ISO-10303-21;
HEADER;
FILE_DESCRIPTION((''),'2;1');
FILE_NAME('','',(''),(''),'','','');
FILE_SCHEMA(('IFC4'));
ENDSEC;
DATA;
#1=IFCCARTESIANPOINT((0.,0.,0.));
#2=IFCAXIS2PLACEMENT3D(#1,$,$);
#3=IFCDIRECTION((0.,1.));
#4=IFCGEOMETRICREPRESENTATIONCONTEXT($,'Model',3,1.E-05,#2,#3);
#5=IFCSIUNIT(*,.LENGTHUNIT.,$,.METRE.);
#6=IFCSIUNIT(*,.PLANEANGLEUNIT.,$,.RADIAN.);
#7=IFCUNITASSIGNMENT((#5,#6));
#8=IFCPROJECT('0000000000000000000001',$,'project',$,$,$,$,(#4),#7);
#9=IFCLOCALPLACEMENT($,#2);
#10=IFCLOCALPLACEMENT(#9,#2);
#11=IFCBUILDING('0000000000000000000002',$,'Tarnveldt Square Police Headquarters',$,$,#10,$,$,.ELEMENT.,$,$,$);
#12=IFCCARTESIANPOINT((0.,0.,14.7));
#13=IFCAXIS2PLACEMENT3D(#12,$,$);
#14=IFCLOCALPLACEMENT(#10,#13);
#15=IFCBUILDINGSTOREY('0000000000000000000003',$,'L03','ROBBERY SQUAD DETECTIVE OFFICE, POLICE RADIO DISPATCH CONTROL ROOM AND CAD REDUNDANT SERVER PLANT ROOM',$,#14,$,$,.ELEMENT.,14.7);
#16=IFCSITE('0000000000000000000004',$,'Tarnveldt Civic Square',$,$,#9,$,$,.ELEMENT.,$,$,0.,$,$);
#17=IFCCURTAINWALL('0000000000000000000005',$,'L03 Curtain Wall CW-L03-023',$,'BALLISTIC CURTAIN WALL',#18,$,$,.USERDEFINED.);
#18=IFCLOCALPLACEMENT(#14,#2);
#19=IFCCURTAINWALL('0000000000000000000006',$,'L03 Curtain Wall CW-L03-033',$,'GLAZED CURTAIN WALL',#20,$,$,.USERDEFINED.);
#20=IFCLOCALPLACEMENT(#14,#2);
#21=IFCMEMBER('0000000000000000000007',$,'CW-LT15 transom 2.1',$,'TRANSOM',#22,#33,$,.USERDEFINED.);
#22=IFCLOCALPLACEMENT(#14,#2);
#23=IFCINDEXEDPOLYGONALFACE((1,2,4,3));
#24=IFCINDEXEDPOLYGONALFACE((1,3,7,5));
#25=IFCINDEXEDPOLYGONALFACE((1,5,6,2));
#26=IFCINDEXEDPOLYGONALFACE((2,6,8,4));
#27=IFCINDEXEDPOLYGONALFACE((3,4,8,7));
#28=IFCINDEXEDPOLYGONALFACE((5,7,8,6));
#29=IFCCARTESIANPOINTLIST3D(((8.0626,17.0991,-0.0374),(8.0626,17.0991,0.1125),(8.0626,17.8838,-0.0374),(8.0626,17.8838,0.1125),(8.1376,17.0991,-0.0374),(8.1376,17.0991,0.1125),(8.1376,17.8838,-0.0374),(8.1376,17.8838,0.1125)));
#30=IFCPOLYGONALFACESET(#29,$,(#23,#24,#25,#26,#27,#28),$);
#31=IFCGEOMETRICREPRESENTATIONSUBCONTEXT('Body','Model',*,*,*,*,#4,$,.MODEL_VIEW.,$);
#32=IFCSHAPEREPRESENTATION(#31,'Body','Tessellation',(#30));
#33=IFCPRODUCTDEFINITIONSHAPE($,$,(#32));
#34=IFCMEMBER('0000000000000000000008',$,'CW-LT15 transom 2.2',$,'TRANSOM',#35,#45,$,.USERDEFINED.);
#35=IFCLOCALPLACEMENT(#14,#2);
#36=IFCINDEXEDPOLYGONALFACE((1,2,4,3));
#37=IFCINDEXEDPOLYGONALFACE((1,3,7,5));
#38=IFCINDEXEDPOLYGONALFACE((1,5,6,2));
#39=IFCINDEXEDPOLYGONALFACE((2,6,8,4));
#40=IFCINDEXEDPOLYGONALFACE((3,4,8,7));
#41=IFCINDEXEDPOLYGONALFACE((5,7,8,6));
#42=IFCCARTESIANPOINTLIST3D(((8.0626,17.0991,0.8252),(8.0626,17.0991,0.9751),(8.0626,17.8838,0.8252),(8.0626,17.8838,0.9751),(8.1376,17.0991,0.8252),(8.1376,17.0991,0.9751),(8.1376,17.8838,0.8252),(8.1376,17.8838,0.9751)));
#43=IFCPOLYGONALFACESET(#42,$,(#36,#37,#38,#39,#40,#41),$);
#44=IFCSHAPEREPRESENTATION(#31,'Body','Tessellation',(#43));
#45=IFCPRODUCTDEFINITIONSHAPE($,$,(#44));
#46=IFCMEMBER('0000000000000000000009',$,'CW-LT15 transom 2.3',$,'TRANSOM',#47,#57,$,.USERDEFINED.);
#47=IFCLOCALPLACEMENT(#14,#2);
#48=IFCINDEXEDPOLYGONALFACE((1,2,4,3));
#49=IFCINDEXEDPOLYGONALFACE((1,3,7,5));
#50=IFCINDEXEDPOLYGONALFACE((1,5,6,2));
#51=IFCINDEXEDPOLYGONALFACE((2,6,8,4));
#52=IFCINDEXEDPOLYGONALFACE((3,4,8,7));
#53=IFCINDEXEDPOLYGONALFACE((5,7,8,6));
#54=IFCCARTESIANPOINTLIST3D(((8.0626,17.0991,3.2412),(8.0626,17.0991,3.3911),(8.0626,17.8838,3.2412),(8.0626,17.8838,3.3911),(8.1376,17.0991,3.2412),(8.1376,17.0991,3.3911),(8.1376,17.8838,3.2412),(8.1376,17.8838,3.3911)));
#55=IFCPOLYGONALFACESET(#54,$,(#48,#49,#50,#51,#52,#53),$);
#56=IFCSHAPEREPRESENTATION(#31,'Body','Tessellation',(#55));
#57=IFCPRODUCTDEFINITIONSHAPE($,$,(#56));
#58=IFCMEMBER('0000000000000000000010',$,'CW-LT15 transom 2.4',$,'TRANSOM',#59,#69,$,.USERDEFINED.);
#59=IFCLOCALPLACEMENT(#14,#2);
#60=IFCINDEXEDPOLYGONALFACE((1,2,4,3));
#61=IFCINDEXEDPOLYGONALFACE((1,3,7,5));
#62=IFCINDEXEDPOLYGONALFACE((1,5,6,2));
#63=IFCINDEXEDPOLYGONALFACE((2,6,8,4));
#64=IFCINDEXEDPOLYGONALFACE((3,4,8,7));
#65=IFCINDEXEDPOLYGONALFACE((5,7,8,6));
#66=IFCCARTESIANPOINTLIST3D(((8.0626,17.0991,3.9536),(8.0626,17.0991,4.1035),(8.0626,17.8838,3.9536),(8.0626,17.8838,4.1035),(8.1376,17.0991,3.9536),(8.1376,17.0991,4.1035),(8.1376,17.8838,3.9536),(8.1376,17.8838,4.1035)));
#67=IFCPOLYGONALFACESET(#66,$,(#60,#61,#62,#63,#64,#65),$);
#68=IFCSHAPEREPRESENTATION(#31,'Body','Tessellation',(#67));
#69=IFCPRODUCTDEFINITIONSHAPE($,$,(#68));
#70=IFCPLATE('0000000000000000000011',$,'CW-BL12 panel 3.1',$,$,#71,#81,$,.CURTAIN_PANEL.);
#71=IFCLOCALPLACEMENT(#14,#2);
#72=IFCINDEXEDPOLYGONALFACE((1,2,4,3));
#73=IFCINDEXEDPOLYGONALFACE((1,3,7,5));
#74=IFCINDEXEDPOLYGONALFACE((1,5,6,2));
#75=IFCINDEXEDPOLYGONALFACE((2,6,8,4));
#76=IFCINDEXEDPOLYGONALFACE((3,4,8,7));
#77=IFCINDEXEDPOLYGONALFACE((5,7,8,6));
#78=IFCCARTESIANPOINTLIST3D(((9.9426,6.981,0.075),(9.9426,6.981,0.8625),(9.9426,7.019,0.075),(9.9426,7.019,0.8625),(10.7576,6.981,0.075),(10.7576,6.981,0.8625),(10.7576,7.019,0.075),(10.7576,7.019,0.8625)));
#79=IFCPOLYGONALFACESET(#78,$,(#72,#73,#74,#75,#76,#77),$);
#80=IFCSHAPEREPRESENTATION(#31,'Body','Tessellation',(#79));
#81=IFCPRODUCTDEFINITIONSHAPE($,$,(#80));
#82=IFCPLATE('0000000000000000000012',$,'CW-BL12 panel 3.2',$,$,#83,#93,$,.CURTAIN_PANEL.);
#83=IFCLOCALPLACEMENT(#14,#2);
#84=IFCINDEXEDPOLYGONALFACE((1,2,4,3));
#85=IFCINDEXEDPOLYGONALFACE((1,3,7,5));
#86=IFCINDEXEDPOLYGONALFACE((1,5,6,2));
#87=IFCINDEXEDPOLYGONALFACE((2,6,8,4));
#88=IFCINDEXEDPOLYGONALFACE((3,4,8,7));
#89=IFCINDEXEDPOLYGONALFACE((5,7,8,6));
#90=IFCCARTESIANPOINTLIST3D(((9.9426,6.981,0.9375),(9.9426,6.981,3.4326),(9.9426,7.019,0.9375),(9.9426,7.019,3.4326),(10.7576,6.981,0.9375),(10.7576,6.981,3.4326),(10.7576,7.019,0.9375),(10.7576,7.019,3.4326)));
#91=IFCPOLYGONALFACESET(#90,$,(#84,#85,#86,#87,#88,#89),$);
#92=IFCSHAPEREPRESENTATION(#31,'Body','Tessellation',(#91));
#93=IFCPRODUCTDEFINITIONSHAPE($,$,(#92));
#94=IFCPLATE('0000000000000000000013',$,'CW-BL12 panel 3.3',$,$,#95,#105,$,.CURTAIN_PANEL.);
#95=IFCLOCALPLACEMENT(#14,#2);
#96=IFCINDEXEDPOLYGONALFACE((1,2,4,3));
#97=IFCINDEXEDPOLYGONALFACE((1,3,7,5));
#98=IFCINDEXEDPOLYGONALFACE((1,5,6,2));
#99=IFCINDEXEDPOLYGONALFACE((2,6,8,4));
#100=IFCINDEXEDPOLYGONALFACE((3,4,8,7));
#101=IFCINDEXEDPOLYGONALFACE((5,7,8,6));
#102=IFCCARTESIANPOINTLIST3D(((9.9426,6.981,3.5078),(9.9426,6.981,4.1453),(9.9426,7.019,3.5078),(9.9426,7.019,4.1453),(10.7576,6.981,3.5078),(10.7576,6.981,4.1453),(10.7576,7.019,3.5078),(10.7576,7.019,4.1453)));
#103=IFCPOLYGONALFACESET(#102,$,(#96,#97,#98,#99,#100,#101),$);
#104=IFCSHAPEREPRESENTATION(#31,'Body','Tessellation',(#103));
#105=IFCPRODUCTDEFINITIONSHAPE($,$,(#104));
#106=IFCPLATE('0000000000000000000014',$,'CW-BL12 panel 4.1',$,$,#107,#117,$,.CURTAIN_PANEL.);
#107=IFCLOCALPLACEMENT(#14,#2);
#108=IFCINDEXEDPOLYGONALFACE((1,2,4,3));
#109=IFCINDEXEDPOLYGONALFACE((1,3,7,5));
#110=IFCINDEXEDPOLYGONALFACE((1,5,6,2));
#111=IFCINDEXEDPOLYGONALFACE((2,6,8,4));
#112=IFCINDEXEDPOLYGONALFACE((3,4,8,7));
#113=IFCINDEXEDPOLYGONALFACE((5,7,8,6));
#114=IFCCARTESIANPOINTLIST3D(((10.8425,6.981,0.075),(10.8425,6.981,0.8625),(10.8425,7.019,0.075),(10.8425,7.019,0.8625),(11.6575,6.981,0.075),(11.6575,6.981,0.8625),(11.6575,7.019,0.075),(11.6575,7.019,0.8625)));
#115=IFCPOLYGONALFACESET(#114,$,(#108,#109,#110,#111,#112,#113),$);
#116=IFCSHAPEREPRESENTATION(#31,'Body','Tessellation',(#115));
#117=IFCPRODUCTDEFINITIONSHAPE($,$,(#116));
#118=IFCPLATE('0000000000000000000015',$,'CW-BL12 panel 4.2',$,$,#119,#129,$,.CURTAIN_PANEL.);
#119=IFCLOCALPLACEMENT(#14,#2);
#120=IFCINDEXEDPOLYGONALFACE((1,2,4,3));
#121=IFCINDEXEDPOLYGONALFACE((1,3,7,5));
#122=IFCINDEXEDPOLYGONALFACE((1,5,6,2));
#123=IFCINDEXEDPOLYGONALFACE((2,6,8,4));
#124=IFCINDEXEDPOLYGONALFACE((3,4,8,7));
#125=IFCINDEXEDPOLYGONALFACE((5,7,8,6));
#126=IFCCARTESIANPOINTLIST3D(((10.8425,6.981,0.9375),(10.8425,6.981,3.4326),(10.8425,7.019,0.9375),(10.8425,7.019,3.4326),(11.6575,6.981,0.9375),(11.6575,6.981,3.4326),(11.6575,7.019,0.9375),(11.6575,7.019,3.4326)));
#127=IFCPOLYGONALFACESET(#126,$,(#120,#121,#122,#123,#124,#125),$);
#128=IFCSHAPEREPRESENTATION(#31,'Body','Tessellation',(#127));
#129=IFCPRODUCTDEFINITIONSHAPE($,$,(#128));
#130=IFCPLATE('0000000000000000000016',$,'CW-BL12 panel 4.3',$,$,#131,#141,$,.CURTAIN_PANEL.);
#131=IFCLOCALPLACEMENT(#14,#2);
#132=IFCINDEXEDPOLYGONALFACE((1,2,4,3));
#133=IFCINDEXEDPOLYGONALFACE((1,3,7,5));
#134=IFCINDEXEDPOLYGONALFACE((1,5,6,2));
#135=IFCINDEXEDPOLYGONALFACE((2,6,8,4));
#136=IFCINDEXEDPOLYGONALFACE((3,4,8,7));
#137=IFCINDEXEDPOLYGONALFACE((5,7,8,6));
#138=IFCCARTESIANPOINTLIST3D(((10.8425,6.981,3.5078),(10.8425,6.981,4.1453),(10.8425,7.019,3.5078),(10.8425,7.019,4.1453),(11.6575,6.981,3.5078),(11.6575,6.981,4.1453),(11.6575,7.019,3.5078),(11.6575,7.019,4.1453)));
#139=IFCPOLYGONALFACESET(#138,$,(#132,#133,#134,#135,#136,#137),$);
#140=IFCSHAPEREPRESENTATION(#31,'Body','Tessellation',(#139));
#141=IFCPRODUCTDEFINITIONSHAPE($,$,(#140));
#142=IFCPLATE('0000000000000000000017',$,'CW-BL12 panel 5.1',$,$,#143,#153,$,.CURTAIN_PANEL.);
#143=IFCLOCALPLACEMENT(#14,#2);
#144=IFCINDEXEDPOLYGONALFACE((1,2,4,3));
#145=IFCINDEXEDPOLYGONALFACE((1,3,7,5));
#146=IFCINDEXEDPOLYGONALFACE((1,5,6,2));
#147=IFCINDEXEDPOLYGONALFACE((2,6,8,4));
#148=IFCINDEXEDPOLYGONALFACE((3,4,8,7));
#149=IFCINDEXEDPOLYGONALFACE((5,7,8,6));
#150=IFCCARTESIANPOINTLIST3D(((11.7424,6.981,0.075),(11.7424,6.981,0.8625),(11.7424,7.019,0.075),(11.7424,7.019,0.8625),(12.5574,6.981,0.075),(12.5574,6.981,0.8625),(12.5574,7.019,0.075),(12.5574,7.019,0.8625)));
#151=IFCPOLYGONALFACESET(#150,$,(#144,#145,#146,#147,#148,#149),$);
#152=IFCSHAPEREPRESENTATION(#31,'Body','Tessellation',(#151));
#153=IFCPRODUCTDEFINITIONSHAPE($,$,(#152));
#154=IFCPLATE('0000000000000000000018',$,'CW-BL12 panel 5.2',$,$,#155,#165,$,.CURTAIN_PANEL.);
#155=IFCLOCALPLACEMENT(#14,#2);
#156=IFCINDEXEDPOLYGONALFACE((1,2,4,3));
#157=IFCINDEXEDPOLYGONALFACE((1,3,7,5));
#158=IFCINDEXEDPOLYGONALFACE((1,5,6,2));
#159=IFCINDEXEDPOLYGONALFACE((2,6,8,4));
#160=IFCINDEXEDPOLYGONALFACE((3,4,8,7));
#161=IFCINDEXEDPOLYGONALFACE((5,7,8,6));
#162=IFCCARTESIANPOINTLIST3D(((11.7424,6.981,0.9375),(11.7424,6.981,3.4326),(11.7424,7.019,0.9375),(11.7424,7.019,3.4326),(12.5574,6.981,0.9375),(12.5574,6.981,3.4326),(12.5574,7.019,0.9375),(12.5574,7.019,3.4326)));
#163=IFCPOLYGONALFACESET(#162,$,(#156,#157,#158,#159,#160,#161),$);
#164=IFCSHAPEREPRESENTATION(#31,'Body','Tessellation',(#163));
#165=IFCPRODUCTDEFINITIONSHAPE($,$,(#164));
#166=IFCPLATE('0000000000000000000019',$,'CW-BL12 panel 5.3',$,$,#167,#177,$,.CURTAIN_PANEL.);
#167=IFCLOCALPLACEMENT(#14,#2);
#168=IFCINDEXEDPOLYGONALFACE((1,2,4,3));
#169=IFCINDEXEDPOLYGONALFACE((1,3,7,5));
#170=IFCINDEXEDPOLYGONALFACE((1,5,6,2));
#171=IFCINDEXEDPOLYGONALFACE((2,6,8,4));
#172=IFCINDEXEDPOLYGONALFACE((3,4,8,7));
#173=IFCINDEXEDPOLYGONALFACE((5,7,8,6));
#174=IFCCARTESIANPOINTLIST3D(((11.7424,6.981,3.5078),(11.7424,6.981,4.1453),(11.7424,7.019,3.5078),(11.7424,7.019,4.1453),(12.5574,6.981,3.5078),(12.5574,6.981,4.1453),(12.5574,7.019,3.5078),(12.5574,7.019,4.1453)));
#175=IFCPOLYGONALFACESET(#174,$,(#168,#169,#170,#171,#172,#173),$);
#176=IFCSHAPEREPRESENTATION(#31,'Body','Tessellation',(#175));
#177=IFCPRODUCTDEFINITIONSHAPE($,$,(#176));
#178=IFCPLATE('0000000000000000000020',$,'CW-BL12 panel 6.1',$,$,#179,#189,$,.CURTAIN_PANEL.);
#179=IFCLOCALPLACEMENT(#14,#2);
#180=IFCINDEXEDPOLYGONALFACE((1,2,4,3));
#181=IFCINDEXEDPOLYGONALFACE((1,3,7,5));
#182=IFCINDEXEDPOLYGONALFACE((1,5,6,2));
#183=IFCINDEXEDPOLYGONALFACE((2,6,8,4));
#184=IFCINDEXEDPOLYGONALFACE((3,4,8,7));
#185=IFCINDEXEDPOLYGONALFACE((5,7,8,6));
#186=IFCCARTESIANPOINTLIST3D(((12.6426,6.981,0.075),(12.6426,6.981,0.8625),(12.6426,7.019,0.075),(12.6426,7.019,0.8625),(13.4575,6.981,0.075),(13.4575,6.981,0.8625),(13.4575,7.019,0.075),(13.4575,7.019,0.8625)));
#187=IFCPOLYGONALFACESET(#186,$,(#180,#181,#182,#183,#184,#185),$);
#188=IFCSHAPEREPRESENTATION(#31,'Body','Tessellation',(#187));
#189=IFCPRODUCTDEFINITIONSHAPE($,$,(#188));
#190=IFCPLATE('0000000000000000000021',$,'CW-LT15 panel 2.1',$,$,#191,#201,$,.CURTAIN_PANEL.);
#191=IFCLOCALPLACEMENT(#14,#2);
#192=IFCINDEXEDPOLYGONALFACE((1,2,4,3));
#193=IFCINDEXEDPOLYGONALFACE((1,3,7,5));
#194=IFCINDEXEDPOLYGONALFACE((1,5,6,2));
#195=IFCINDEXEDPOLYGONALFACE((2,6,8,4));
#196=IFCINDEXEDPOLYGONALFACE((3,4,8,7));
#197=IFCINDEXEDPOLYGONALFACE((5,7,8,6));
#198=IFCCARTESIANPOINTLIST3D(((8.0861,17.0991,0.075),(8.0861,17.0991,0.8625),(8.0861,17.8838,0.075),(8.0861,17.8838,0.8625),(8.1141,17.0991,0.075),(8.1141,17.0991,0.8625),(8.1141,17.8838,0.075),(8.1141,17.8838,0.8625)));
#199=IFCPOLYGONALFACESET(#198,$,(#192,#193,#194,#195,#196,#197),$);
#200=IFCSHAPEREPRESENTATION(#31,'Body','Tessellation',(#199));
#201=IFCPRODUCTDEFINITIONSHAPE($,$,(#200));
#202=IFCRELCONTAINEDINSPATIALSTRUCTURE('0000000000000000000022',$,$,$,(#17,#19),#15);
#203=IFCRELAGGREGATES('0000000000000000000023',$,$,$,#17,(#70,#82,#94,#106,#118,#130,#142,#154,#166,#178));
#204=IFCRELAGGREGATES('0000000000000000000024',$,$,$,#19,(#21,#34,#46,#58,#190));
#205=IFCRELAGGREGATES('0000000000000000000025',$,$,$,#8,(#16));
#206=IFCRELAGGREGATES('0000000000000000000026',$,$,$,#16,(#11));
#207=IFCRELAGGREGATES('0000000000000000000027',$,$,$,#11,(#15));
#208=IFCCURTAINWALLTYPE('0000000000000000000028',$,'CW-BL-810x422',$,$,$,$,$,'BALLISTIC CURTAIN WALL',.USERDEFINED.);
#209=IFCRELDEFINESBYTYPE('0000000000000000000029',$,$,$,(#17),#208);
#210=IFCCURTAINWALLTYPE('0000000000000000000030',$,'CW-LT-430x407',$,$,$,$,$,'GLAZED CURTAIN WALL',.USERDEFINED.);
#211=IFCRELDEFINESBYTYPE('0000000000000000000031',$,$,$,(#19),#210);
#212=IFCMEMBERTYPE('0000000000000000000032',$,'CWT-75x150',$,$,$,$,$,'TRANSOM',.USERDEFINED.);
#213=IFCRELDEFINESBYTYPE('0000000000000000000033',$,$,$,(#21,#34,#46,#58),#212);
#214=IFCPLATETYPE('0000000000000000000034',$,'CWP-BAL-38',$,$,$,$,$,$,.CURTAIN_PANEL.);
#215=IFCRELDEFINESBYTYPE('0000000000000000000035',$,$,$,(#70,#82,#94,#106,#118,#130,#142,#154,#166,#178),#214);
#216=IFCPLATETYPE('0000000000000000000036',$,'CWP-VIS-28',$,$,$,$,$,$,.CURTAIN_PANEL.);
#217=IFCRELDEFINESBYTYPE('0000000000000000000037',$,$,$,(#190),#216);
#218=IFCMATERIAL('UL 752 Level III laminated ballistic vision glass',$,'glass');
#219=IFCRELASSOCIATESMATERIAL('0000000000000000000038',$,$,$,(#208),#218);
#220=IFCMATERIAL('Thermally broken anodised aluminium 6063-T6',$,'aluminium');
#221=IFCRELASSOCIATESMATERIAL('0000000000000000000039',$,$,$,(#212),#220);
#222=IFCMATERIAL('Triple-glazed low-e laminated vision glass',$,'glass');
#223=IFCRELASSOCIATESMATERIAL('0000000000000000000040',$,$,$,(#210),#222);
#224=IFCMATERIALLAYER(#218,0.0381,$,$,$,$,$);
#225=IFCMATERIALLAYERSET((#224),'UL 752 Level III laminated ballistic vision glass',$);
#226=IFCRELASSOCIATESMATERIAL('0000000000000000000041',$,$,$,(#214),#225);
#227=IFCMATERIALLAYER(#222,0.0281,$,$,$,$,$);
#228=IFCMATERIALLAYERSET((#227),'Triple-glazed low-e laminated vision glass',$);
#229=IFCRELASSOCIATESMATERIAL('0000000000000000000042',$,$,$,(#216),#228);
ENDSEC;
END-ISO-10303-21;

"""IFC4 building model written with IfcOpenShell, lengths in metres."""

from ifc_helpers import new_model, si_unit, direction, frame, origin, origin_2d, place, context, subcontext, project, spatial, rectangle, extrude, material, layer, layer_set, material_profile, profile_set, type_object, element, aggregate, save


model = new_model("IFC4")

# Units and contexts
model_context = context("Model", 3, precision=1e-05, world=origin(), true_north=direction((0.0, 1.0)))
body_context = subcontext(model_context, "Body", "Model", "MODEL_VIEW")
ifc_project = project(units=[si_unit("LENGTHUNIT", "METRE"), si_unit("PLANEANGLEUNIT", "RADIAN")], contexts=[model_context])

# Site, building, storey
site_placement = place(None, origin())
site = spatial("IfcSite", under=ifc_project, at=site_placement, Name="Tarnveldt Civic Square", CompositionType="ELEMENT", RefElevation=0.0)
building_placement = place(site_placement, origin())
building = spatial("IfcBuilding", under=site, at=building_placement, Name="Tarnveldt Square Police Headquarters", CompositionType="ELEMENT")
storey_placement = place(building_placement, frame((0.0, 0.0, 14.7)))
storey = spatial("IfcBuildingStorey", under=building, at=storey_placement, Name="L03", Description="ROBBERY SQUAD DETECTIVE OFFICE, POLICE RADIO DISPATCH CONTROL ROOM AND CAD REDUNDANT SERVER PLANT ROOM", CompositionType="ELEMENT", Elevation=14.7)

# Curtain walls, members
ifc_material_1 = material(Name="UL 752 Level III laminated ballistic vision glass", Category="glass")
curtain_wall_type_1 = type_object("IfcCurtainWallType", Name="CW-BL-810x422", ElementType="BALLISTIC CURTAIN WALL", PredefinedType="USERDEFINED", material=ifc_material_1)
curtain_wall_1_placement = place(storey_placement, origin())
curtain_wall_1 = element("IfcCurtainWall", 1, at=curtain_wall_1_placement, inside=storey, type_object=curtain_wall_type_1, Name="L03 Curtain Wall CW-L03-023", ObjectType="BALLISTIC CURTAIN WALL", PredefinedType="USERDEFINED")
ifc_material_2 = material(Name="Thermally broken anodised aluminium 6063-T6", Category="aluminium")
ifc_material_profile_1 = material_profile(ifc_material_2, rectangle(XDim=0.075, YDim=0.1499, at=origin_2d()), Name="CW-T75x150")
ifc_profile_set_1 = profile_set([ifc_material_profile_1], Name="Thermally broken anodised aluminium 6063-T6")
member_type_1 = type_object("IfcMemberType", Name="CWT-75x150", ElementType="TRANSOM", PredefinedType="USERDEFINED", material=ifc_profile_set_1)
ifc_material_3 = material(Name="Triple-glazed low-e laminated vision glass", Category="glass")
curtain_wall_type_2 = type_object("IfcCurtainWallType", Name="CW-LT-430x407", ElementType="GLAZED CURTAIN WALL", PredefinedType="USERDEFINED", material=ifc_material_3)
curtain_wall_2_placement = place(storey_placement, origin())
curtain_wall_2 = element("IfcCurtainWall", 2, at=curtain_wall_2_placement, inside=storey, type_object=curtain_wall_type_2, Name="L03 Curtain Wall CW-L03-033", ObjectType="GLAZED CURTAIN WALL", PredefinedType="USERDEFINED")
member_1_placement = place(storey_placement, frame((8.1001, 17.0991, 0.0376), z_axis=(0.0, 1.0, 0.0), x_axis=(-1.0, 0.0, 0.0)))
member_1 = element("IfcMember", 3, at=member_1_placement, type_object=member_type_1, Name="CW-LT15 transom 2.1", ObjectType="TRANSOM", PredefinedType="USERDEFINED", context=body_context, shape_type="SweptSolid", body=[
    extrude(rectangle(XDim=0.075, YDim=0.1499, at=origin_2d()), origin(), (0.0, 0.0, 1.0), 0.7847),
])
member_2_placement = place(storey_placement, frame((8.1001, 17.0991, 0.9001), z_axis=(0.0, 1.0, 0.0), x_axis=(-1.0, 0.0, 0.0)))
member_2 = element("IfcMember", 4, at=member_2_placement, type_object=member_type_1, Name="CW-LT15 transom 2.2", ObjectType="TRANSOM", PredefinedType="USERDEFINED", context=body_context, shape_type="SweptSolid", body=[
    extrude(rectangle(XDim=0.075, YDim=0.1499, at=origin_2d()), origin(), (0.0, 0.0, 1.0), 0.7847),
])
member_3_placement = place(storey_placement, frame((8.1001, 17.0991, 3.3162), z_axis=(0.0, 1.0, 0.0), x_axis=(-1.0, 0.0, 0.0)))
member_3 = element("IfcMember", 5, at=member_3_placement, type_object=member_type_1, Name="CW-LT15 transom 2.3", ObjectType="TRANSOM", PredefinedType="USERDEFINED", context=body_context, shape_type="SweptSolid", body=[
    extrude(rectangle(XDim=0.075, YDim=0.1499, at=origin_2d()), origin(), (0.0, 0.0, 1.0), 0.7847),
])
member_4_placement = place(storey_placement, frame((8.1001, 17.0991, 4.0286), z_axis=(0.0, 1.0, 0.0), x_axis=(-1.0, 0.0, 0.0)))
member_4 = element("IfcMember", 6, at=member_4_placement, type_object=member_type_1, Name="CW-LT15 transom 2.4", ObjectType="TRANSOM", PredefinedType="USERDEFINED", context=body_context, shape_type="SweptSolid", body=[
    extrude(rectangle(XDim=0.075, YDim=0.1499, at=origin_2d()), origin(), (0.0, 0.0, 1.0), 0.7847),
])

# Plates
ifc_layer_1 = layer(ifc_material_1, 0.0381)
ifc_layer_set_1 = layer_set([ifc_layer_1], Name="UL 752 Level III laminated ballistic vision glass")
plate_type_1 = type_object("IfcPlateType", Name="CWP-BAL-38", PredefinedType="CURTAIN_PANEL", material=ifc_layer_set_1)
plate_1_placement = place(storey_placement, frame((10.3501, 7.0, 0.075), z_axis=(0.0, 0.0, 1.0), x_axis=(1.0, 0.0, 0.0)))
plate_1 = element("IfcPlate", 7, at=plate_1_placement, type_object=plate_type_1, Name="CW-BL12 panel 3.1", PredefinedType="CURTAIN_PANEL", context=body_context, shape_type="SweptSolid", body=[
    extrude(rectangle(XDim=0.8149, YDim=0.0381, at=origin_2d()), origin(), (0.0, 0.0, 1.0), 0.7876),
])
plate_2_placement = place(storey_placement, frame((10.3501, 7.0, 0.9375), z_axis=(0.0, 0.0, 1.0), x_axis=(1.0, 0.0, 0.0)))
plate_2 = element("IfcPlate", 8, at=plate_2_placement, type_object=plate_type_1, Name="CW-BL12 panel 3.2", PredefinedType="CURTAIN_PANEL", context=body_context, shape_type="SweptSolid", body=[
    extrude(rectangle(XDim=0.8149, YDim=0.0381, at=origin_2d()), origin(), (0.0, 0.0, 1.0), 2.4951),
])
plate_3_placement = place(storey_placement, frame((10.3501, 7.0, 3.5078), z_axis=(0.0, 0.0, 1.0), x_axis=(1.0, 0.0, 0.0)))
plate_3 = element("IfcPlate", 9, at=plate_3_placement, type_object=plate_type_1, Name="CW-BL12 panel 3.3", PredefinedType="CURTAIN_PANEL", context=body_context, shape_type="SweptSolid", body=[
    extrude(rectangle(XDim=0.8149, YDim=0.0381, at=origin_2d()), origin(), (0.0, 0.0, 1.0), 0.6375),
])
plate_4_placement = place(storey_placement, frame((11.25, 7.0, 0.075), z_axis=(0.0, 0.0, 1.0), x_axis=(1.0, 0.0, 0.0)))
plate_4 = element("IfcPlate", 10, at=plate_4_placement, type_object=plate_type_1, Name="CW-BL12 panel 4.1", PredefinedType="CURTAIN_PANEL", context=body_context, shape_type="SweptSolid", body=[
    extrude(rectangle(XDim=0.8149, YDim=0.0381, at=origin_2d()), origin(), (0.0, 0.0, 1.0), 0.7876),
])
plate_5_placement = place(storey_placement, frame((11.25, 7.0, 0.9375), z_axis=(0.0, 0.0, 1.0), x_axis=(1.0, 0.0, 0.0)))
plate_5 = element("IfcPlate", 11, at=plate_5_placement, type_object=plate_type_1, Name="CW-BL12 panel 4.2", PredefinedType="CURTAIN_PANEL", context=body_context, shape_type="SweptSolid", body=[
    extrude(rectangle(XDim=0.8149, YDim=0.0381, at=origin_2d()), origin(), (0.0, 0.0, 1.0), 2.4951),
])
plate_6_placement = place(storey_placement, frame((11.25, 7.0, 3.5078), z_axis=(0.0, 0.0, 1.0), x_axis=(1.0, 0.0, 0.0)))
plate_6 = element("IfcPlate", 12, at=plate_6_placement, type_object=plate_type_1, Name="CW-BL12 panel 4.3", PredefinedType="CURTAIN_PANEL", context=body_context, shape_type="SweptSolid", body=[
    extrude(rectangle(XDim=0.8149, YDim=0.0381, at=origin_2d()), origin(), (0.0, 0.0, 1.0), 0.6375),
])
plate_7_placement = place(storey_placement, frame((12.1499, 7.0, 0.075), z_axis=(0.0, 0.0, 1.0), x_axis=(1.0, 0.0, 0.0)))
plate_7 = element("IfcPlate", 13, at=plate_7_placement, type_object=plate_type_1, Name="CW-BL12 panel 5.1", PredefinedType="CURTAIN_PANEL", context=body_context, shape_type="SweptSolid", body=[
    extrude(rectangle(XDim=0.8149, YDim=0.0381, at=origin_2d()), origin(), (0.0, 0.0, 1.0), 0.7876),
])
plate_8_placement = place(storey_placement, frame((12.1499, 7.0, 0.9375), z_axis=(0.0, 0.0, 1.0), x_axis=(1.0, 0.0, 0.0)))
plate_8 = element("IfcPlate", 14, at=plate_8_placement, type_object=plate_type_1, Name="CW-BL12 panel 5.2", PredefinedType="CURTAIN_PANEL", context=body_context, shape_type="SweptSolid", body=[
    extrude(rectangle(XDim=0.8149, YDim=0.0381, at=origin_2d()), origin(), (0.0, 0.0, 1.0), 2.4951),
])
plate_9_placement = place(storey_placement, frame((12.1499, 7.0, 3.5078), z_axis=(0.0, 0.0, 1.0), x_axis=(1.0, 0.0, 0.0)))
plate_9 = element("IfcPlate", 15, at=plate_9_placement, type_object=plate_type_1, Name="CW-BL12 panel 5.3", PredefinedType="CURTAIN_PANEL", context=body_context, shape_type="SweptSolid", body=[
    extrude(rectangle(XDim=0.8149, YDim=0.0381, at=origin_2d()), origin(), (0.0, 0.0, 1.0), 0.6375),
])
plate_10_placement = place(storey_placement, frame((13.05, 7.0, 0.075), z_axis=(0.0, 0.0, 1.0), x_axis=(1.0, 0.0, 0.0)))
plate_10 = element("IfcPlate", 16, at=plate_10_placement, type_object=plate_type_1, Name="CW-BL12 panel 6.1", PredefinedType="CURTAIN_PANEL", context=body_context, shape_type="SweptSolid", body=[
    extrude(rectangle(XDim=0.8149, YDim=0.0381, at=origin_2d()), origin(), (0.0, 0.0, 1.0), 0.7876),
])
aggregate(curtain_wall_1, [plate_1, plate_2, plate_3, plate_4, plate_5, plate_6, plate_7, plate_8, plate_9, plate_10])
ifc_layer_2 = layer(ifc_material_3, 0.0281)
ifc_layer_set_2 = layer_set([ifc_layer_2], Name="Triple-glazed low-e laminated vision glass")
plate_type_2 = type_object("IfcPlateType", Name="CWP-VIS-28", PredefinedType="CURTAIN_PANEL", material=ifc_layer_set_2)
plate_11_placement = place(storey_placement, frame((8.1001, 17.4915, 0.075), z_axis=(0.0, 0.0, 1.0), x_axis=(0.0, 1.0, 0.0)))
plate_11 = element("IfcPlate", 17, at=plate_11_placement, type_object=plate_type_2, Name="CW-LT15 panel 2.1", PredefinedType="CURTAIN_PANEL", context=body_context, shape_type="SweptSolid", body=[
    extrude(rectangle(XDim=0.7847, YDim=0.0281, at=origin_2d()), origin(), (0.0, 0.0, 1.0), 0.7876),
])
aggregate(curtain_wall_2, [member_1, member_2, member_3, member_4, plate_11])

save(model, "model.ifc")
